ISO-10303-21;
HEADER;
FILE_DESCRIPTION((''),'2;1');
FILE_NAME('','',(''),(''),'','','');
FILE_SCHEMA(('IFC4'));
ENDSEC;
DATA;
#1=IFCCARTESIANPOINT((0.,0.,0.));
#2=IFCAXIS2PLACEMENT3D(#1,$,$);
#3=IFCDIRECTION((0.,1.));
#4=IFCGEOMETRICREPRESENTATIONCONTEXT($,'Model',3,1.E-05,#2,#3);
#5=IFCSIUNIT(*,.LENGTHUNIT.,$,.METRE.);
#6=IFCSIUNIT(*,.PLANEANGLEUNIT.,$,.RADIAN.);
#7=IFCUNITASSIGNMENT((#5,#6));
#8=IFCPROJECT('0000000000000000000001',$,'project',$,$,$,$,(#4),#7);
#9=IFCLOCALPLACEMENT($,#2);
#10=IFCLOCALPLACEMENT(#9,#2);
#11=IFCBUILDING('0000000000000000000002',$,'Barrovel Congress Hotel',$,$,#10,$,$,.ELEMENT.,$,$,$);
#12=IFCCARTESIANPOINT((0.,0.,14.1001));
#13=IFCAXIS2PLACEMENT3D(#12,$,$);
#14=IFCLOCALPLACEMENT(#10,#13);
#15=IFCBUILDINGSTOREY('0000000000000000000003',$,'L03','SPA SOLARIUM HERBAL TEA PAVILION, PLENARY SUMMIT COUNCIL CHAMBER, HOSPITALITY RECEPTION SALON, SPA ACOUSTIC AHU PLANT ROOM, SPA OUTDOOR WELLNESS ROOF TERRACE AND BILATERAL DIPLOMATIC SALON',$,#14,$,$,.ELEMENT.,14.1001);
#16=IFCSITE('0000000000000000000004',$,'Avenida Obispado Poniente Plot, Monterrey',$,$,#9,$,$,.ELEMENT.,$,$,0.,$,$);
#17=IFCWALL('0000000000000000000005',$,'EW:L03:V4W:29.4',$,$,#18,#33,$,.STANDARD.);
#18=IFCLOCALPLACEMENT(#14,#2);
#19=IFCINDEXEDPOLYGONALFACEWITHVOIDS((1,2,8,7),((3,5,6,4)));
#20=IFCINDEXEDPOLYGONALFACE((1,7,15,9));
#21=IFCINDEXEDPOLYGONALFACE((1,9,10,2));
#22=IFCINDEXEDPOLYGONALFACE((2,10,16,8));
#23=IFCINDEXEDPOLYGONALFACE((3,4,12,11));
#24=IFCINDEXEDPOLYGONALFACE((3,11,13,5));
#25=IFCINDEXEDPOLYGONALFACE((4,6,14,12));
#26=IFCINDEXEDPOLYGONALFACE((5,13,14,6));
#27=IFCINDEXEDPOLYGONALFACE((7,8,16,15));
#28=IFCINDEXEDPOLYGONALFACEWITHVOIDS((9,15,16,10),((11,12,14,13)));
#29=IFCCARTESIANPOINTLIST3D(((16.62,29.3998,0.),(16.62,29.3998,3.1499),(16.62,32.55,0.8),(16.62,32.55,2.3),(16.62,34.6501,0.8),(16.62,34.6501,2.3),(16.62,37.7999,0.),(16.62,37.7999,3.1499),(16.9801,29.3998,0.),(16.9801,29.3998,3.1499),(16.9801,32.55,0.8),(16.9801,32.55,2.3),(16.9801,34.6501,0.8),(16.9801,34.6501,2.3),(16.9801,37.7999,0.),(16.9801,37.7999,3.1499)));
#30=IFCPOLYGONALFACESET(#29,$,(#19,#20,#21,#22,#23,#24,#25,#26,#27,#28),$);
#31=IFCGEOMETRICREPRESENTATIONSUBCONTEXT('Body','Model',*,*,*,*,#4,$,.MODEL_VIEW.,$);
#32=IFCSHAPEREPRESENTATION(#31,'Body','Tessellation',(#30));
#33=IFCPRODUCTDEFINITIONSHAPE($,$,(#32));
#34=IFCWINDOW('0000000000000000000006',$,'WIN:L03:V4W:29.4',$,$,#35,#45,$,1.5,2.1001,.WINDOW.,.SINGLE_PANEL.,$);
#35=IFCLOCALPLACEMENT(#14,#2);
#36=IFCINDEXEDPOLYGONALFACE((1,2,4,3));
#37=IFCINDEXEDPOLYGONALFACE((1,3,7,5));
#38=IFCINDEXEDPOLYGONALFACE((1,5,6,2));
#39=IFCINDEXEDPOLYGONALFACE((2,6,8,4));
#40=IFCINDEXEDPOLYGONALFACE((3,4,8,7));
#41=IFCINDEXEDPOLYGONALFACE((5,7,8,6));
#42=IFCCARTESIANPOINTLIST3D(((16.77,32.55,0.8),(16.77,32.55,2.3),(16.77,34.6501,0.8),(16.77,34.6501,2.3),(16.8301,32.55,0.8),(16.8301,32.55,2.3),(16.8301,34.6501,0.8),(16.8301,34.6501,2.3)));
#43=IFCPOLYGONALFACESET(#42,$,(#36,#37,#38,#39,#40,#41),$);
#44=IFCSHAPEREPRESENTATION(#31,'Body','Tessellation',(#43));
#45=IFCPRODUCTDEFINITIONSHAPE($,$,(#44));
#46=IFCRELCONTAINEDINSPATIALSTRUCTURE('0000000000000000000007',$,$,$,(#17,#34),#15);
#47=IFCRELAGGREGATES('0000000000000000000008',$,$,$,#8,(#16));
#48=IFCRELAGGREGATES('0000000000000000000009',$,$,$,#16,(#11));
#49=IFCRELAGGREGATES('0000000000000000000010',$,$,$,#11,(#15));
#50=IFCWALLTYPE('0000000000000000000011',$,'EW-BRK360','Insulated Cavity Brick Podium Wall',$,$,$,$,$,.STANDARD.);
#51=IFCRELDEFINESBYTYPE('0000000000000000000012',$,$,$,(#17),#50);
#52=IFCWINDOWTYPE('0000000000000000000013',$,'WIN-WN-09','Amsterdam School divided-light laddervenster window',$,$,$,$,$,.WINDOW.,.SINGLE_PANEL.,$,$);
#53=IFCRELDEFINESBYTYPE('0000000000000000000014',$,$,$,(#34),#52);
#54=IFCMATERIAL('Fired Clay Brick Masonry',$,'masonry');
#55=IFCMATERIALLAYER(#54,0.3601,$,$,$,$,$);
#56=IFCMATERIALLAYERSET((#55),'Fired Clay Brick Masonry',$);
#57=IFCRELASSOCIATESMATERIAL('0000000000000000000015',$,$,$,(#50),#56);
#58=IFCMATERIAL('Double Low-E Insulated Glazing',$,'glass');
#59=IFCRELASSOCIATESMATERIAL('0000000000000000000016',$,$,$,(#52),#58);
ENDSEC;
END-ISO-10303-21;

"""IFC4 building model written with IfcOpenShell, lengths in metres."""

from ifc_helpers import new_model, si_unit, direction, frame, frame_2d, origin, place, context, subcontext, project, spatial, rectangle, extrude, material, layer, layer_set, type_object, element, fill, save


model = new_model("IFC4")

# Units and contexts
model_context = context("Model", 3, precision=1e-05, world=origin(), true_north=direction((0.0, 1.0)))
body_context = subcontext(model_context, "Body", "Model", "MODEL_VIEW")
ifc_project = project(units=[si_unit("LENGTHUNIT", "METRE"), si_unit("PLANEANGLEUNIT", "RADIAN")], contexts=[model_context])

# Site, building, storey
site_placement = place(None, origin())
site = spatial("IfcSite", under=ifc_project, at=site_placement, Name="Avenida Obispado Poniente Plot, Monterrey", CompositionType="ELEMENT", RefElevation=0.0)
building_placement = place(site_placement, origin())
building = spatial("IfcBuilding", under=site, at=building_placement, Name="Barrovel Congress Hotel", CompositionType="ELEMENT")
storey_placement = place(building_placement, frame((0.0, 0.0, 14.1001)))
storey = spatial("IfcBuildingStorey", under=building, at=storey_placement, Name="L03", Description="SPA SOLARIUM HERBAL TEA PAVILION, PLENARY SUMMIT COUNCIL CHAMBER, HOSPITALITY RECEPTION SALON, SPA ACOUSTIC AHU PLANT ROOM, SPA OUTDOOR WELLNESS ROOF TERRACE AND BILATERAL DIPLOMATIC SALON", CompositionType="ELEMENT", Elevation=14.1001)

# Wall, opening, window
ifc_material_1 = material(Name="Fired Clay Brick Masonry", Category="masonry")
ifc_layer_1 = layer(ifc_material_1, 0.3601)
ifc_layer_set_1 = layer_set([ifc_layer_1], Name="Fired Clay Brick Masonry")
wall_type = type_object("IfcWallType", Name="EW-BRK360", Description="Insulated Cavity Brick Podium Wall", PredefinedType="STANDARD", material=ifc_layer_set_1)
wall_placement = place(storey_placement, frame((16.8, 37.8, 0.0), z_axis=(0.0, 0.0, 1.0), x_axis=(0.0, -1.0, 0.0)))
wall = element("IfcWall", 1, at=wall_placement, inside=storey, type_object=wall_type, Name="EW:L03:V4W:29.4", PredefinedType="STANDARD", context=body_context, shape_type="SweptSolid", body=[
    extrude(rectangle(XDim=8.4001, YDim=0.3601, at=frame_2d((4.2002, 0.0))), origin(), (0.0, 0.0, 1.0), 3.1499),
])
opening_placement = place(wall_placement, frame((3.1499, 0.0, 0.8)))
opening = element("IfcOpeningElement", 2, at=opening_placement, cuts=wall, PredefinedType="OPENING", context=body_context, shape_type="SweptSolid", body=[
    extrude(rectangle(XDim=2.1001, YDim=1.5, at=frame_2d((1.05, 0.75))), frame((0.0, 0.1899, 0.0), z_axis=(0.0, -1.0, 0.0), x_axis=(1.0, 0.0, 0.0)), (0.0, 0.0, 1.0), 0.3801),
])
ifc_material_2 = material(Name="Double Low-E Insulated Glazing", Category="glass")
window_type = type_object("IfcWindowType", Name="WIN-WN-09", Description="Amsterdam School divided-light laddervenster window", PartitioningType="SINGLE_PANEL", PredefinedType="WINDOW", material=ifc_material_2)
window_placement = place(opening_placement, origin())
window = element("IfcWindow", 3, at=window_placement, inside=storey, type_object=window_type, Name="WIN:L03:V4W:29.4", OverallHeight=1.5, OverallWidth=2.1001, PartitioningType="SINGLE_PANEL", PredefinedType="WINDOW", context=body_context, shape_type="SweptSolid", body=[
    extrude(rectangle(XDim=2.1001, YDim=1.5, at=frame_2d((1.05, 0.75))), frame((0.0, 0.03, 0.0), z_axis=(0.0, -1.0, 0.0), x_axis=(1.0, 0.0, 0.0)), (0.0, 0.0, 1.0), 0.0601),
])
fill(opening, window)

save(model, "model.ifc")
